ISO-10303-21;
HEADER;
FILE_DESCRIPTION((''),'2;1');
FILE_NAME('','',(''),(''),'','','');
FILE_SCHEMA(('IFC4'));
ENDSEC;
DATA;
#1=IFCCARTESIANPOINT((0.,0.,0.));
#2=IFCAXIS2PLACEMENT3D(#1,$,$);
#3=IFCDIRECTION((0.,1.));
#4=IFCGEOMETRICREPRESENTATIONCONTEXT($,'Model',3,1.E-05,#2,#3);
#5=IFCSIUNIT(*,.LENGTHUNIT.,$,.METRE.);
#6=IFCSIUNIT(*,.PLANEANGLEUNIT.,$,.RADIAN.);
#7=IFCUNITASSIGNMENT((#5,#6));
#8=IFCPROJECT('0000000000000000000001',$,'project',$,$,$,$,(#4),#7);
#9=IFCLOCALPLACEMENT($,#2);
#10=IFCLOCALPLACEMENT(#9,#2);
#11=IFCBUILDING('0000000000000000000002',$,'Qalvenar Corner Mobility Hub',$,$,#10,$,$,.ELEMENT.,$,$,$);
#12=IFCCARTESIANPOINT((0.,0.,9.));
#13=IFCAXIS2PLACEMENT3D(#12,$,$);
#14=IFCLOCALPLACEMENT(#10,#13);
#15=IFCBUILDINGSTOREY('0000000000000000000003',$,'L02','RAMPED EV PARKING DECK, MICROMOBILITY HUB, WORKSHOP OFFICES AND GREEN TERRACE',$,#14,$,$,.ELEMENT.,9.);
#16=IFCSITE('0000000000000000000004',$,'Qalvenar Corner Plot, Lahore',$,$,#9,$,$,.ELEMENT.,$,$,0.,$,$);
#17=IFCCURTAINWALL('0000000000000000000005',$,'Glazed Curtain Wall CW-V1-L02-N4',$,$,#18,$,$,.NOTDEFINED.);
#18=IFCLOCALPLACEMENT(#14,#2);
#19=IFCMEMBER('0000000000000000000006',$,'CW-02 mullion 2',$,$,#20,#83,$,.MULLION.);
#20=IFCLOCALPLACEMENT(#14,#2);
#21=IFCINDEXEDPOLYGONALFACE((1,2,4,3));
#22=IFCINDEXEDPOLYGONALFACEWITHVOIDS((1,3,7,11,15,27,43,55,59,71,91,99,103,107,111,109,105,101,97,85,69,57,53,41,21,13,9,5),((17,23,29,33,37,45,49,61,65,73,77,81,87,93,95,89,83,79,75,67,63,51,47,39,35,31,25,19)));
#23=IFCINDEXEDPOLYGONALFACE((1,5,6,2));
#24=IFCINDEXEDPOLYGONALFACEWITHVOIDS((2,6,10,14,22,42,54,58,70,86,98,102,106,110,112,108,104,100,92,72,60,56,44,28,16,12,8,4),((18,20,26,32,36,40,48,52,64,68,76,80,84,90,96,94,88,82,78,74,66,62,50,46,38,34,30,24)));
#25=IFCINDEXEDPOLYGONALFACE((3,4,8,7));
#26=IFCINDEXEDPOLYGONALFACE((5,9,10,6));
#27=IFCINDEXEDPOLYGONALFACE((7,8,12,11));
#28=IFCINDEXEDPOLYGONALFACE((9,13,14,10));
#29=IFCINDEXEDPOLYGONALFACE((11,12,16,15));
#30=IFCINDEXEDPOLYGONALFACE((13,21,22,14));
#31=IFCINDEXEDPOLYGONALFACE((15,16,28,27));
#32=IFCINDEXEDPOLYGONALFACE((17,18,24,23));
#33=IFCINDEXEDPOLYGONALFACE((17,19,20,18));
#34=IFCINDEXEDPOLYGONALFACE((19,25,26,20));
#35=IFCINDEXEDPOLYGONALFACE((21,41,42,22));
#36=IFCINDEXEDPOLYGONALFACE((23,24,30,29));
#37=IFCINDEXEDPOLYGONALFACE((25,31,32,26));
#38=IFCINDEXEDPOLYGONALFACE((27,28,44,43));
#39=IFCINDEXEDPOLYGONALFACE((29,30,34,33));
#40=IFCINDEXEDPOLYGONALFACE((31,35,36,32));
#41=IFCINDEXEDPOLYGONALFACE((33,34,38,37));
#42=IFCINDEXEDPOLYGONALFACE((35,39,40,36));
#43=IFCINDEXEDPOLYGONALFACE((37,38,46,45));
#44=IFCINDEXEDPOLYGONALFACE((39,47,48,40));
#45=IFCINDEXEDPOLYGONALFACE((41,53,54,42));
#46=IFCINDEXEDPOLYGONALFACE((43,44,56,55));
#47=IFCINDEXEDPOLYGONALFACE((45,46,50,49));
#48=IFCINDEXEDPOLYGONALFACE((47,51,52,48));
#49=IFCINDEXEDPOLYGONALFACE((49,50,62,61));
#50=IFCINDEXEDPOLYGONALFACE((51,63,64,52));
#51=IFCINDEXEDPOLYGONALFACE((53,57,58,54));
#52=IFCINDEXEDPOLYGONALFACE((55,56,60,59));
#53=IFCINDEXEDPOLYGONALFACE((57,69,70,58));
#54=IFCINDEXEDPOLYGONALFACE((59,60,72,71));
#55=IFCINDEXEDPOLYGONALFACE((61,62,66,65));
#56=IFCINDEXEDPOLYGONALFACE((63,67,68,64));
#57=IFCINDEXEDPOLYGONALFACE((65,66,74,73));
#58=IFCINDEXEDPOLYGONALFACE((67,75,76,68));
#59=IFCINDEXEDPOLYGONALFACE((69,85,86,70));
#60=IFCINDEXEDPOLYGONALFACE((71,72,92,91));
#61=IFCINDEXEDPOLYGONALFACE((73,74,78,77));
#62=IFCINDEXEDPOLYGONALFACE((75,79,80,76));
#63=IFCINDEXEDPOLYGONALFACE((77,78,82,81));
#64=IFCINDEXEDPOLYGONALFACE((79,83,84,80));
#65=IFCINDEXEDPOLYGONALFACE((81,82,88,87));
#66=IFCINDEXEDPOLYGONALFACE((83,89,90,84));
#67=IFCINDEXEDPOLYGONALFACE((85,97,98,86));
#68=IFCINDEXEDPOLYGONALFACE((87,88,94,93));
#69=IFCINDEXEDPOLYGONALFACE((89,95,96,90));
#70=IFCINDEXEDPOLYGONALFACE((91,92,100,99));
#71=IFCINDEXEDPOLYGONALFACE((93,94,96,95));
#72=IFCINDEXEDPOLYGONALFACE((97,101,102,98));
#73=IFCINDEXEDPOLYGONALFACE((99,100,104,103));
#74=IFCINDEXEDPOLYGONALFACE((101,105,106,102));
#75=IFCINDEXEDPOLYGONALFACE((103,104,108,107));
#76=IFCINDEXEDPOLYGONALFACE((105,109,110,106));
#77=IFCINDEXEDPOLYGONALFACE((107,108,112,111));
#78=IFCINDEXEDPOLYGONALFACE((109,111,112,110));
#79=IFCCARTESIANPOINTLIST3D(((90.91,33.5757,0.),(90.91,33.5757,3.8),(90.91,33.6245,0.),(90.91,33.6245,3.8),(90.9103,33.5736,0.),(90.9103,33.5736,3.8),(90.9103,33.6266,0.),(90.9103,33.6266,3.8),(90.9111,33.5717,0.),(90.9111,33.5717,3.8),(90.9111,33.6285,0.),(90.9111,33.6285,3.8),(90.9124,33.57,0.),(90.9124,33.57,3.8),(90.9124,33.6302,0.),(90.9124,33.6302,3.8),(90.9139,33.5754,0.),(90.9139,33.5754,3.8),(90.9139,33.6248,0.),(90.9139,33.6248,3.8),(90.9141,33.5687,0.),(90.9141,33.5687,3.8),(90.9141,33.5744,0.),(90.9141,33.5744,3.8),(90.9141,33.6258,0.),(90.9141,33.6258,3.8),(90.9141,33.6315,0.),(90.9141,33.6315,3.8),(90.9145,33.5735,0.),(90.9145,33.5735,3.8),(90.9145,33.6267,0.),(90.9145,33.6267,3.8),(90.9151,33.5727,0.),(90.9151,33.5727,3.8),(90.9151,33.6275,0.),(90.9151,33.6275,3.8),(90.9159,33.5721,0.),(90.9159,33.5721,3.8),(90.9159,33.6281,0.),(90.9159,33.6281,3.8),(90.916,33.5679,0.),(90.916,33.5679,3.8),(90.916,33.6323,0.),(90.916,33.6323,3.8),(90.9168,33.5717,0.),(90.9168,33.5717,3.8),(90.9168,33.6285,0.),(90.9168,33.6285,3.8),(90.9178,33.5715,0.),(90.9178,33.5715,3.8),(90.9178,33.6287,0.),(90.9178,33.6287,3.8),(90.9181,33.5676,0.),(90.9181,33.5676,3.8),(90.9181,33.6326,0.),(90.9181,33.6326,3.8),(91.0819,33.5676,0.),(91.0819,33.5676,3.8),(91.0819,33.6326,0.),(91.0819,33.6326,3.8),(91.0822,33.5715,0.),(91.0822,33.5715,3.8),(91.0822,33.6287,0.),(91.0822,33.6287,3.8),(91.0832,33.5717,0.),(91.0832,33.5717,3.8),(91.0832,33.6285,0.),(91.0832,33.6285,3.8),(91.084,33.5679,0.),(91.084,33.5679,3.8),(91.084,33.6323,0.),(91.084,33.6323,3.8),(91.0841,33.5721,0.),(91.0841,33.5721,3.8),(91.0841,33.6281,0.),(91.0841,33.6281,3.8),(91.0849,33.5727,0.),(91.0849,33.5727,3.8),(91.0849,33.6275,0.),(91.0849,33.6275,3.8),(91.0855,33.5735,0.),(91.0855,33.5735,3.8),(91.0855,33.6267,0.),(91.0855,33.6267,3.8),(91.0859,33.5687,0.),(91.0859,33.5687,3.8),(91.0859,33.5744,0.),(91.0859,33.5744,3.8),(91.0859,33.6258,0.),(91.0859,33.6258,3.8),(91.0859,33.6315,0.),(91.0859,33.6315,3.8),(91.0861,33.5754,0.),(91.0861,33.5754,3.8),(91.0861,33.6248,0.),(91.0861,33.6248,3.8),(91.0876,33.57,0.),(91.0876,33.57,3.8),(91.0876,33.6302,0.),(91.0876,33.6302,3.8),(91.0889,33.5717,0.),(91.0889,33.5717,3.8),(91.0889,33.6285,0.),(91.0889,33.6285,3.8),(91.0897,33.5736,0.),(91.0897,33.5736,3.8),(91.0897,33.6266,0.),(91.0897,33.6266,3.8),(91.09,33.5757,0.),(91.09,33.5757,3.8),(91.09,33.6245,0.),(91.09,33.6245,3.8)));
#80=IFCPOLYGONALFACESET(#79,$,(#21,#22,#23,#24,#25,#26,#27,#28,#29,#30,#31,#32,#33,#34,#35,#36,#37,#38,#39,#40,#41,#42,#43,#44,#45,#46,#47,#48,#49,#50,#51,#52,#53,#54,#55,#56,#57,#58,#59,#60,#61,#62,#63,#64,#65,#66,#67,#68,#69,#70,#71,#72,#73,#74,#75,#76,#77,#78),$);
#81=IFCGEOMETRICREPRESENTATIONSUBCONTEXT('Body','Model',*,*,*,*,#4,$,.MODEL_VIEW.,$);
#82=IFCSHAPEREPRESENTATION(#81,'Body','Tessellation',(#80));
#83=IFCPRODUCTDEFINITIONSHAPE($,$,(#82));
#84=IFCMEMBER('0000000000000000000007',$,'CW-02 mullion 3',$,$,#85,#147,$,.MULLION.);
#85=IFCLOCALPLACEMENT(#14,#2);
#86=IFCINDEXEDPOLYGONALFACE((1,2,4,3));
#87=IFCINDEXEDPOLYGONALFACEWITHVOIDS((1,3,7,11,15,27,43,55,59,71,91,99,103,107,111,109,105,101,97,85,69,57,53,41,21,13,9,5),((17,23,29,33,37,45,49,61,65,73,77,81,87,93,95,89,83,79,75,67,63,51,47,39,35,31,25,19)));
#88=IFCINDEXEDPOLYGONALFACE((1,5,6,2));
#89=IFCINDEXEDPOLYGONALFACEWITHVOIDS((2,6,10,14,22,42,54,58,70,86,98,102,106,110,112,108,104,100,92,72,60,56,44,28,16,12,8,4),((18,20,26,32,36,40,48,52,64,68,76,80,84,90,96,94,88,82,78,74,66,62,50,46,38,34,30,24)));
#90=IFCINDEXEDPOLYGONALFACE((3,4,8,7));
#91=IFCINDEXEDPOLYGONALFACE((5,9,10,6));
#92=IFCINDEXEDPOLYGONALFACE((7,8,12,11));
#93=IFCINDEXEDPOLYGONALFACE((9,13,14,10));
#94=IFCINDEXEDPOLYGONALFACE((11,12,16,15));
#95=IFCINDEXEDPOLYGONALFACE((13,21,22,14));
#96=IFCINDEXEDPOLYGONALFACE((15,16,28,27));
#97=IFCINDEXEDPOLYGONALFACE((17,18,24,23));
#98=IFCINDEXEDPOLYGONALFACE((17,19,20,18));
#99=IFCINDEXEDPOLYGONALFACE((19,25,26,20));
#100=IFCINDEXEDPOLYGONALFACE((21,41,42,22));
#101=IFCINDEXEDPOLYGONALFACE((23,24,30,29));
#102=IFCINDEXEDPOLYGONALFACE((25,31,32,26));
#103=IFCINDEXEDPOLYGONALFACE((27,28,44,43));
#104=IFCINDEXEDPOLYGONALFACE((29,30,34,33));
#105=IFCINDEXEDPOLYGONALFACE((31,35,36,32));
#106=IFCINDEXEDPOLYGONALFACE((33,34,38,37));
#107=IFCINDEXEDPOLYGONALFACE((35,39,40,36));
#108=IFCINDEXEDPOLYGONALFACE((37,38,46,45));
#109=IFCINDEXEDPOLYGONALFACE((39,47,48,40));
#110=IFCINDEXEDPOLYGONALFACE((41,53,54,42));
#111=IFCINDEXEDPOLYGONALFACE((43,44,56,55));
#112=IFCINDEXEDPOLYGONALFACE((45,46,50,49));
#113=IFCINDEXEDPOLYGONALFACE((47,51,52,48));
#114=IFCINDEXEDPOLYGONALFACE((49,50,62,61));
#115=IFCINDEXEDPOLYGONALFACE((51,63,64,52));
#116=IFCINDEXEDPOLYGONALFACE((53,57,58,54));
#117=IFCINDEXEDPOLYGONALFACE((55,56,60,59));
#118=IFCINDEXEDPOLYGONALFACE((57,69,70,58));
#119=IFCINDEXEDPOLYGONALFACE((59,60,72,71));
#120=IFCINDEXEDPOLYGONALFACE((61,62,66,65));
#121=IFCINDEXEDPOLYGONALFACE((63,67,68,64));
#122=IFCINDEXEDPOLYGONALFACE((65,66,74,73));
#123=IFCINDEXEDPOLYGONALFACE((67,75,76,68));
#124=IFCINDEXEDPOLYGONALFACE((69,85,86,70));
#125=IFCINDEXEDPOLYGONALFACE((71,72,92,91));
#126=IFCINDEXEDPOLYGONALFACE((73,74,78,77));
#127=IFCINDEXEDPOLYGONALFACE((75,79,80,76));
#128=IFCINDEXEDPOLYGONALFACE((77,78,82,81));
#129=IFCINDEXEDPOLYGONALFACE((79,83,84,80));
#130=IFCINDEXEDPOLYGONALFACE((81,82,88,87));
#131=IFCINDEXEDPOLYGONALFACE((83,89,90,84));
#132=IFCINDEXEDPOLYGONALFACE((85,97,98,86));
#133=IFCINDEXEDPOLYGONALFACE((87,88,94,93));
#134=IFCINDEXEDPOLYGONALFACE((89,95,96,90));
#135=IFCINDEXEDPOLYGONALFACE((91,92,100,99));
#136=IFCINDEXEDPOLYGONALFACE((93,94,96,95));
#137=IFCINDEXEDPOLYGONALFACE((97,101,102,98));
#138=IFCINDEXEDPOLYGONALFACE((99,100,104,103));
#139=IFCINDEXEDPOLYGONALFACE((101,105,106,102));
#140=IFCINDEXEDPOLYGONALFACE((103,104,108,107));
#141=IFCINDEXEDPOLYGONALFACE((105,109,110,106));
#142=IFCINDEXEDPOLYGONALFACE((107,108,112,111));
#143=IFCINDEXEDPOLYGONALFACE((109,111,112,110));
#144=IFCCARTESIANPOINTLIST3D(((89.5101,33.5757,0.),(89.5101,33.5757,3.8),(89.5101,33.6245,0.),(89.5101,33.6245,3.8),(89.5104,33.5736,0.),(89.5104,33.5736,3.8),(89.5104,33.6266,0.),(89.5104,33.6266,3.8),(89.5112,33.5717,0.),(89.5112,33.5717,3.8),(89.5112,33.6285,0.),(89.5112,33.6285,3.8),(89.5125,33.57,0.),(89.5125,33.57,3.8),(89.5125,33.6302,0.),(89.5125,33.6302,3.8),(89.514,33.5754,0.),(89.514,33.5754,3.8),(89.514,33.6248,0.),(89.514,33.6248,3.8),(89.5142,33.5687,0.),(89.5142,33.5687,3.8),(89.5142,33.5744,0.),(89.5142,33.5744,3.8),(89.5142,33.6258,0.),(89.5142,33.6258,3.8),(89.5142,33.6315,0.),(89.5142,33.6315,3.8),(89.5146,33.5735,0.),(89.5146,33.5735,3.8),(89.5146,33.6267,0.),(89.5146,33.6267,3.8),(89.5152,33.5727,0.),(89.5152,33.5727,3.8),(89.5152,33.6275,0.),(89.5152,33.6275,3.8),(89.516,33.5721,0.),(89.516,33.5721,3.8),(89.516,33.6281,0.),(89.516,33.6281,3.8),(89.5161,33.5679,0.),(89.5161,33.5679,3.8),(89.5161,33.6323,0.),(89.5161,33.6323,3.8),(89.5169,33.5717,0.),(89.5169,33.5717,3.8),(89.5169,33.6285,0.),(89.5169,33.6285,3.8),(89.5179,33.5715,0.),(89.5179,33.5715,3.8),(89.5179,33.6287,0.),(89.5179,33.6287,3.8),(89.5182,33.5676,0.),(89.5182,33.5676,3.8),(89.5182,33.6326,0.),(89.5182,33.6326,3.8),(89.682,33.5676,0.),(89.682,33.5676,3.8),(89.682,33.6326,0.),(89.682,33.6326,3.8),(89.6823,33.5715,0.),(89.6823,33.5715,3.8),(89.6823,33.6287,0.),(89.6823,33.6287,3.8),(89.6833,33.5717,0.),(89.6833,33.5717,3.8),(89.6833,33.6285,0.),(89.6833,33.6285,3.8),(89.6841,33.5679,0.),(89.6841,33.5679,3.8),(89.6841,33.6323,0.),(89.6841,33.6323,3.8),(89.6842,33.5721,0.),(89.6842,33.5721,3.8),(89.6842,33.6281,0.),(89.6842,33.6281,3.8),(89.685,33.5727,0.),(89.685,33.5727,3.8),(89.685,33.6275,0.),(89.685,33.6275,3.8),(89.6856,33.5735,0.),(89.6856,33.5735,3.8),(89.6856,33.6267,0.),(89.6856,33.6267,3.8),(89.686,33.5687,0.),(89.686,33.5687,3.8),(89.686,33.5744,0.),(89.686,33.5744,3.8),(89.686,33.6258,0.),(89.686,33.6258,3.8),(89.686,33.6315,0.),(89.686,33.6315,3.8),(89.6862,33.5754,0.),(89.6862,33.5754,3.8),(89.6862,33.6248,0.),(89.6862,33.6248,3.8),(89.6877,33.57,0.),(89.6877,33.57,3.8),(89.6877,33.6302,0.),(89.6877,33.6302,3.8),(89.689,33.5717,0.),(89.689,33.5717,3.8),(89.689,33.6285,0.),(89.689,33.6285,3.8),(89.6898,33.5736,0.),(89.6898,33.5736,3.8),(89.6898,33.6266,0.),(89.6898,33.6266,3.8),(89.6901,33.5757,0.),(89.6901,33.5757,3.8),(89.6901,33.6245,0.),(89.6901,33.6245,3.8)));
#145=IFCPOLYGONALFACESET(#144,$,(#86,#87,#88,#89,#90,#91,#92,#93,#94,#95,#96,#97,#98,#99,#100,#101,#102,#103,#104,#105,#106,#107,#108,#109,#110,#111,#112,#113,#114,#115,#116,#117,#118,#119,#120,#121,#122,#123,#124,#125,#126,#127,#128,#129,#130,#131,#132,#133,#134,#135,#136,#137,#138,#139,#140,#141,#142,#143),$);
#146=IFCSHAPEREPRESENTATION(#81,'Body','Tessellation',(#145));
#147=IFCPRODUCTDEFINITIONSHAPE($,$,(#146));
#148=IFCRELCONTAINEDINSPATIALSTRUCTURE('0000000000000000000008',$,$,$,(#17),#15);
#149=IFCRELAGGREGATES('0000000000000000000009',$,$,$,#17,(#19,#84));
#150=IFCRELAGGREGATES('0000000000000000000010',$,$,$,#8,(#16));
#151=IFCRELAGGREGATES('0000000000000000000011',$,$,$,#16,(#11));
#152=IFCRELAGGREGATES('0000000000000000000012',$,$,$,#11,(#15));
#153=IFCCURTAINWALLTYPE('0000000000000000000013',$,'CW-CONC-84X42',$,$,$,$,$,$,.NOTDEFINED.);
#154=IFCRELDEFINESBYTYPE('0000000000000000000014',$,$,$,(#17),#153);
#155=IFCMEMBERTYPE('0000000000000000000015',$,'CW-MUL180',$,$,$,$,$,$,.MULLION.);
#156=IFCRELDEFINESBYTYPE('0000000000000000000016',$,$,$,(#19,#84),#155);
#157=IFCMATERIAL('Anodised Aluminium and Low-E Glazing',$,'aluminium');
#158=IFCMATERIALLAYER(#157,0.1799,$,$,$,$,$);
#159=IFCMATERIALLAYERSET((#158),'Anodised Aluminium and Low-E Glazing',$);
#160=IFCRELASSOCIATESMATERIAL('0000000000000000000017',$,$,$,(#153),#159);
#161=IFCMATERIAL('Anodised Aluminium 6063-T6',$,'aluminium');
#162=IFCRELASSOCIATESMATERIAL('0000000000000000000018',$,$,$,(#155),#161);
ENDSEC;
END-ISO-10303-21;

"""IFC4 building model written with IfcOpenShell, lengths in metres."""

from ifc_helpers import new_model, si_unit, direction, frame, origin, origin_2d, place, context, subcontext, project, spatial, hollow_rectangle, extrude, material, layer, layer_set, material_profile, profile_set, type_object, element, aggregate, save


model = new_model("IFC4")

# Units and contexts
model_context = context("Model", 3, precision=1e-05, world=origin(), true_north=direction((0.0, 1.0)))
body_context = subcontext(model_context, "Body", "Model", "MODEL_VIEW")
ifc_project = project(units=[si_unit("LENGTHUNIT", "METRE"), si_unit("PLANEANGLEUNIT", "RADIAN")], contexts=[model_context])

# Site, building, storey
site_placement = place(None, origin())
site = spatial("IfcSite", under=ifc_project, at=site_placement, Name="Qalvenar Corner Plot, Lahore", CompositionType="ELEMENT", RefElevation=0.0)
building_placement = place(site_placement, origin())
building = spatial("IfcBuilding", under=site, at=building_placement, Name="Qalvenar Corner Mobility Hub", CompositionType="ELEMENT")
storey_placement = place(building_placement, frame((0.0, 0.0, 9.0)))
storey = spatial("IfcBuildingStorey", under=building, at=storey_placement, Name="L02", Description="RAMPED EV PARKING DECK, MICROMOBILITY HUB, WORKSHOP OFFICES AND GREEN TERRACE", CompositionType="ELEMENT", Elevation=9.0)

# Curtain wall, members
ifc_material_1 = material(Name="Anodised Aluminium and Low-E Glazing", Category="aluminium")
ifc_layer_1 = layer(ifc_material_1, 0.1799)
ifc_layer_set_1 = layer_set([ifc_layer_1], Name="Anodised Aluminium and Low-E Glazing")
curtain_wall_type = type_object("IfcCurtainWallType", Name="CW-CONC-84X42", PredefinedType="NOTDEFINED", material=ifc_layer_set_1)
curtain_wall_placement = place(storey_placement, origin())
curtain_wall = element("IfcCurtainWall", 1, at=curtain_wall_placement, inside=storey, type_object=curtain_wall_type, Name="Glazed Curtain Wall CW-V1-L02-N4", PredefinedType="NOTDEFINED")
ifc_material_2 = material(Name="Anodised Aluminium 6063-T6", Category="aluminium")
ifc_material_profile_1 = material_profile(ifc_material_2, hollow_rectangle(XDim=0.0649, YDim=0.1799, WallThickness=0.0039, InnerFilletRadius=0.0039, OuterFilletRadius=0.0081, at=origin_2d()), Name="RHS180x65x4")
ifc_profile_set_1 = profile_set([ifc_material_profile_1], Name="Anodised Aluminium 6063-T6")
member_type_1 = type_object("IfcMemberType", Name="CW-MUL180", PredefinedType="MULLION", material=ifc_profile_set_1)
member_1_placement = place(storey_placement, frame((91.0, 33.6001, 0.0), z_axis=(0.0, 0.0, 1.0), x_axis=(0.0, -1.0, 0.0)))
member_1 = element("IfcMember", 2, at=member_1_placement, type_object=member_type_1, Name="CW-02 mullion 2", PredefinedType="MULLION", context=body_context, shape_type="SweptSolid", body=[
    extrude(hollow_rectangle(XDim=0.0649, YDim=0.1799, WallThickness=0.0039, InnerFilletRadius=0.0039, OuterFilletRadius=0.0081, at=origin_2d()), origin(), (0.0, 0.0, 1.0), 3.8),
])
member_2_placement = place(storey_placement, frame((89.6001, 33.6001, 0.0), z_axis=(0.0, 0.0, 1.0), x_axis=(0.0, -1.0, 0.0)))
member_2 = element("IfcMember", 3, at=member_2_placement, type_object=member_type_1, Name="CW-02 mullion 3", PredefinedType="MULLION", context=body_context, shape_type="SweptSolid", body=[
    extrude(hollow_rectangle(XDim=0.0649, YDim=0.1799, WallThickness=0.0039, InnerFilletRadius=0.0039, OuterFilletRadius=0.0081, at=origin_2d()), origin(), (0.0, 0.0, 1.0), 3.8),
])
aggregate(curtain_wall, [member_1, member_2])

save(model, "model.ifc")
